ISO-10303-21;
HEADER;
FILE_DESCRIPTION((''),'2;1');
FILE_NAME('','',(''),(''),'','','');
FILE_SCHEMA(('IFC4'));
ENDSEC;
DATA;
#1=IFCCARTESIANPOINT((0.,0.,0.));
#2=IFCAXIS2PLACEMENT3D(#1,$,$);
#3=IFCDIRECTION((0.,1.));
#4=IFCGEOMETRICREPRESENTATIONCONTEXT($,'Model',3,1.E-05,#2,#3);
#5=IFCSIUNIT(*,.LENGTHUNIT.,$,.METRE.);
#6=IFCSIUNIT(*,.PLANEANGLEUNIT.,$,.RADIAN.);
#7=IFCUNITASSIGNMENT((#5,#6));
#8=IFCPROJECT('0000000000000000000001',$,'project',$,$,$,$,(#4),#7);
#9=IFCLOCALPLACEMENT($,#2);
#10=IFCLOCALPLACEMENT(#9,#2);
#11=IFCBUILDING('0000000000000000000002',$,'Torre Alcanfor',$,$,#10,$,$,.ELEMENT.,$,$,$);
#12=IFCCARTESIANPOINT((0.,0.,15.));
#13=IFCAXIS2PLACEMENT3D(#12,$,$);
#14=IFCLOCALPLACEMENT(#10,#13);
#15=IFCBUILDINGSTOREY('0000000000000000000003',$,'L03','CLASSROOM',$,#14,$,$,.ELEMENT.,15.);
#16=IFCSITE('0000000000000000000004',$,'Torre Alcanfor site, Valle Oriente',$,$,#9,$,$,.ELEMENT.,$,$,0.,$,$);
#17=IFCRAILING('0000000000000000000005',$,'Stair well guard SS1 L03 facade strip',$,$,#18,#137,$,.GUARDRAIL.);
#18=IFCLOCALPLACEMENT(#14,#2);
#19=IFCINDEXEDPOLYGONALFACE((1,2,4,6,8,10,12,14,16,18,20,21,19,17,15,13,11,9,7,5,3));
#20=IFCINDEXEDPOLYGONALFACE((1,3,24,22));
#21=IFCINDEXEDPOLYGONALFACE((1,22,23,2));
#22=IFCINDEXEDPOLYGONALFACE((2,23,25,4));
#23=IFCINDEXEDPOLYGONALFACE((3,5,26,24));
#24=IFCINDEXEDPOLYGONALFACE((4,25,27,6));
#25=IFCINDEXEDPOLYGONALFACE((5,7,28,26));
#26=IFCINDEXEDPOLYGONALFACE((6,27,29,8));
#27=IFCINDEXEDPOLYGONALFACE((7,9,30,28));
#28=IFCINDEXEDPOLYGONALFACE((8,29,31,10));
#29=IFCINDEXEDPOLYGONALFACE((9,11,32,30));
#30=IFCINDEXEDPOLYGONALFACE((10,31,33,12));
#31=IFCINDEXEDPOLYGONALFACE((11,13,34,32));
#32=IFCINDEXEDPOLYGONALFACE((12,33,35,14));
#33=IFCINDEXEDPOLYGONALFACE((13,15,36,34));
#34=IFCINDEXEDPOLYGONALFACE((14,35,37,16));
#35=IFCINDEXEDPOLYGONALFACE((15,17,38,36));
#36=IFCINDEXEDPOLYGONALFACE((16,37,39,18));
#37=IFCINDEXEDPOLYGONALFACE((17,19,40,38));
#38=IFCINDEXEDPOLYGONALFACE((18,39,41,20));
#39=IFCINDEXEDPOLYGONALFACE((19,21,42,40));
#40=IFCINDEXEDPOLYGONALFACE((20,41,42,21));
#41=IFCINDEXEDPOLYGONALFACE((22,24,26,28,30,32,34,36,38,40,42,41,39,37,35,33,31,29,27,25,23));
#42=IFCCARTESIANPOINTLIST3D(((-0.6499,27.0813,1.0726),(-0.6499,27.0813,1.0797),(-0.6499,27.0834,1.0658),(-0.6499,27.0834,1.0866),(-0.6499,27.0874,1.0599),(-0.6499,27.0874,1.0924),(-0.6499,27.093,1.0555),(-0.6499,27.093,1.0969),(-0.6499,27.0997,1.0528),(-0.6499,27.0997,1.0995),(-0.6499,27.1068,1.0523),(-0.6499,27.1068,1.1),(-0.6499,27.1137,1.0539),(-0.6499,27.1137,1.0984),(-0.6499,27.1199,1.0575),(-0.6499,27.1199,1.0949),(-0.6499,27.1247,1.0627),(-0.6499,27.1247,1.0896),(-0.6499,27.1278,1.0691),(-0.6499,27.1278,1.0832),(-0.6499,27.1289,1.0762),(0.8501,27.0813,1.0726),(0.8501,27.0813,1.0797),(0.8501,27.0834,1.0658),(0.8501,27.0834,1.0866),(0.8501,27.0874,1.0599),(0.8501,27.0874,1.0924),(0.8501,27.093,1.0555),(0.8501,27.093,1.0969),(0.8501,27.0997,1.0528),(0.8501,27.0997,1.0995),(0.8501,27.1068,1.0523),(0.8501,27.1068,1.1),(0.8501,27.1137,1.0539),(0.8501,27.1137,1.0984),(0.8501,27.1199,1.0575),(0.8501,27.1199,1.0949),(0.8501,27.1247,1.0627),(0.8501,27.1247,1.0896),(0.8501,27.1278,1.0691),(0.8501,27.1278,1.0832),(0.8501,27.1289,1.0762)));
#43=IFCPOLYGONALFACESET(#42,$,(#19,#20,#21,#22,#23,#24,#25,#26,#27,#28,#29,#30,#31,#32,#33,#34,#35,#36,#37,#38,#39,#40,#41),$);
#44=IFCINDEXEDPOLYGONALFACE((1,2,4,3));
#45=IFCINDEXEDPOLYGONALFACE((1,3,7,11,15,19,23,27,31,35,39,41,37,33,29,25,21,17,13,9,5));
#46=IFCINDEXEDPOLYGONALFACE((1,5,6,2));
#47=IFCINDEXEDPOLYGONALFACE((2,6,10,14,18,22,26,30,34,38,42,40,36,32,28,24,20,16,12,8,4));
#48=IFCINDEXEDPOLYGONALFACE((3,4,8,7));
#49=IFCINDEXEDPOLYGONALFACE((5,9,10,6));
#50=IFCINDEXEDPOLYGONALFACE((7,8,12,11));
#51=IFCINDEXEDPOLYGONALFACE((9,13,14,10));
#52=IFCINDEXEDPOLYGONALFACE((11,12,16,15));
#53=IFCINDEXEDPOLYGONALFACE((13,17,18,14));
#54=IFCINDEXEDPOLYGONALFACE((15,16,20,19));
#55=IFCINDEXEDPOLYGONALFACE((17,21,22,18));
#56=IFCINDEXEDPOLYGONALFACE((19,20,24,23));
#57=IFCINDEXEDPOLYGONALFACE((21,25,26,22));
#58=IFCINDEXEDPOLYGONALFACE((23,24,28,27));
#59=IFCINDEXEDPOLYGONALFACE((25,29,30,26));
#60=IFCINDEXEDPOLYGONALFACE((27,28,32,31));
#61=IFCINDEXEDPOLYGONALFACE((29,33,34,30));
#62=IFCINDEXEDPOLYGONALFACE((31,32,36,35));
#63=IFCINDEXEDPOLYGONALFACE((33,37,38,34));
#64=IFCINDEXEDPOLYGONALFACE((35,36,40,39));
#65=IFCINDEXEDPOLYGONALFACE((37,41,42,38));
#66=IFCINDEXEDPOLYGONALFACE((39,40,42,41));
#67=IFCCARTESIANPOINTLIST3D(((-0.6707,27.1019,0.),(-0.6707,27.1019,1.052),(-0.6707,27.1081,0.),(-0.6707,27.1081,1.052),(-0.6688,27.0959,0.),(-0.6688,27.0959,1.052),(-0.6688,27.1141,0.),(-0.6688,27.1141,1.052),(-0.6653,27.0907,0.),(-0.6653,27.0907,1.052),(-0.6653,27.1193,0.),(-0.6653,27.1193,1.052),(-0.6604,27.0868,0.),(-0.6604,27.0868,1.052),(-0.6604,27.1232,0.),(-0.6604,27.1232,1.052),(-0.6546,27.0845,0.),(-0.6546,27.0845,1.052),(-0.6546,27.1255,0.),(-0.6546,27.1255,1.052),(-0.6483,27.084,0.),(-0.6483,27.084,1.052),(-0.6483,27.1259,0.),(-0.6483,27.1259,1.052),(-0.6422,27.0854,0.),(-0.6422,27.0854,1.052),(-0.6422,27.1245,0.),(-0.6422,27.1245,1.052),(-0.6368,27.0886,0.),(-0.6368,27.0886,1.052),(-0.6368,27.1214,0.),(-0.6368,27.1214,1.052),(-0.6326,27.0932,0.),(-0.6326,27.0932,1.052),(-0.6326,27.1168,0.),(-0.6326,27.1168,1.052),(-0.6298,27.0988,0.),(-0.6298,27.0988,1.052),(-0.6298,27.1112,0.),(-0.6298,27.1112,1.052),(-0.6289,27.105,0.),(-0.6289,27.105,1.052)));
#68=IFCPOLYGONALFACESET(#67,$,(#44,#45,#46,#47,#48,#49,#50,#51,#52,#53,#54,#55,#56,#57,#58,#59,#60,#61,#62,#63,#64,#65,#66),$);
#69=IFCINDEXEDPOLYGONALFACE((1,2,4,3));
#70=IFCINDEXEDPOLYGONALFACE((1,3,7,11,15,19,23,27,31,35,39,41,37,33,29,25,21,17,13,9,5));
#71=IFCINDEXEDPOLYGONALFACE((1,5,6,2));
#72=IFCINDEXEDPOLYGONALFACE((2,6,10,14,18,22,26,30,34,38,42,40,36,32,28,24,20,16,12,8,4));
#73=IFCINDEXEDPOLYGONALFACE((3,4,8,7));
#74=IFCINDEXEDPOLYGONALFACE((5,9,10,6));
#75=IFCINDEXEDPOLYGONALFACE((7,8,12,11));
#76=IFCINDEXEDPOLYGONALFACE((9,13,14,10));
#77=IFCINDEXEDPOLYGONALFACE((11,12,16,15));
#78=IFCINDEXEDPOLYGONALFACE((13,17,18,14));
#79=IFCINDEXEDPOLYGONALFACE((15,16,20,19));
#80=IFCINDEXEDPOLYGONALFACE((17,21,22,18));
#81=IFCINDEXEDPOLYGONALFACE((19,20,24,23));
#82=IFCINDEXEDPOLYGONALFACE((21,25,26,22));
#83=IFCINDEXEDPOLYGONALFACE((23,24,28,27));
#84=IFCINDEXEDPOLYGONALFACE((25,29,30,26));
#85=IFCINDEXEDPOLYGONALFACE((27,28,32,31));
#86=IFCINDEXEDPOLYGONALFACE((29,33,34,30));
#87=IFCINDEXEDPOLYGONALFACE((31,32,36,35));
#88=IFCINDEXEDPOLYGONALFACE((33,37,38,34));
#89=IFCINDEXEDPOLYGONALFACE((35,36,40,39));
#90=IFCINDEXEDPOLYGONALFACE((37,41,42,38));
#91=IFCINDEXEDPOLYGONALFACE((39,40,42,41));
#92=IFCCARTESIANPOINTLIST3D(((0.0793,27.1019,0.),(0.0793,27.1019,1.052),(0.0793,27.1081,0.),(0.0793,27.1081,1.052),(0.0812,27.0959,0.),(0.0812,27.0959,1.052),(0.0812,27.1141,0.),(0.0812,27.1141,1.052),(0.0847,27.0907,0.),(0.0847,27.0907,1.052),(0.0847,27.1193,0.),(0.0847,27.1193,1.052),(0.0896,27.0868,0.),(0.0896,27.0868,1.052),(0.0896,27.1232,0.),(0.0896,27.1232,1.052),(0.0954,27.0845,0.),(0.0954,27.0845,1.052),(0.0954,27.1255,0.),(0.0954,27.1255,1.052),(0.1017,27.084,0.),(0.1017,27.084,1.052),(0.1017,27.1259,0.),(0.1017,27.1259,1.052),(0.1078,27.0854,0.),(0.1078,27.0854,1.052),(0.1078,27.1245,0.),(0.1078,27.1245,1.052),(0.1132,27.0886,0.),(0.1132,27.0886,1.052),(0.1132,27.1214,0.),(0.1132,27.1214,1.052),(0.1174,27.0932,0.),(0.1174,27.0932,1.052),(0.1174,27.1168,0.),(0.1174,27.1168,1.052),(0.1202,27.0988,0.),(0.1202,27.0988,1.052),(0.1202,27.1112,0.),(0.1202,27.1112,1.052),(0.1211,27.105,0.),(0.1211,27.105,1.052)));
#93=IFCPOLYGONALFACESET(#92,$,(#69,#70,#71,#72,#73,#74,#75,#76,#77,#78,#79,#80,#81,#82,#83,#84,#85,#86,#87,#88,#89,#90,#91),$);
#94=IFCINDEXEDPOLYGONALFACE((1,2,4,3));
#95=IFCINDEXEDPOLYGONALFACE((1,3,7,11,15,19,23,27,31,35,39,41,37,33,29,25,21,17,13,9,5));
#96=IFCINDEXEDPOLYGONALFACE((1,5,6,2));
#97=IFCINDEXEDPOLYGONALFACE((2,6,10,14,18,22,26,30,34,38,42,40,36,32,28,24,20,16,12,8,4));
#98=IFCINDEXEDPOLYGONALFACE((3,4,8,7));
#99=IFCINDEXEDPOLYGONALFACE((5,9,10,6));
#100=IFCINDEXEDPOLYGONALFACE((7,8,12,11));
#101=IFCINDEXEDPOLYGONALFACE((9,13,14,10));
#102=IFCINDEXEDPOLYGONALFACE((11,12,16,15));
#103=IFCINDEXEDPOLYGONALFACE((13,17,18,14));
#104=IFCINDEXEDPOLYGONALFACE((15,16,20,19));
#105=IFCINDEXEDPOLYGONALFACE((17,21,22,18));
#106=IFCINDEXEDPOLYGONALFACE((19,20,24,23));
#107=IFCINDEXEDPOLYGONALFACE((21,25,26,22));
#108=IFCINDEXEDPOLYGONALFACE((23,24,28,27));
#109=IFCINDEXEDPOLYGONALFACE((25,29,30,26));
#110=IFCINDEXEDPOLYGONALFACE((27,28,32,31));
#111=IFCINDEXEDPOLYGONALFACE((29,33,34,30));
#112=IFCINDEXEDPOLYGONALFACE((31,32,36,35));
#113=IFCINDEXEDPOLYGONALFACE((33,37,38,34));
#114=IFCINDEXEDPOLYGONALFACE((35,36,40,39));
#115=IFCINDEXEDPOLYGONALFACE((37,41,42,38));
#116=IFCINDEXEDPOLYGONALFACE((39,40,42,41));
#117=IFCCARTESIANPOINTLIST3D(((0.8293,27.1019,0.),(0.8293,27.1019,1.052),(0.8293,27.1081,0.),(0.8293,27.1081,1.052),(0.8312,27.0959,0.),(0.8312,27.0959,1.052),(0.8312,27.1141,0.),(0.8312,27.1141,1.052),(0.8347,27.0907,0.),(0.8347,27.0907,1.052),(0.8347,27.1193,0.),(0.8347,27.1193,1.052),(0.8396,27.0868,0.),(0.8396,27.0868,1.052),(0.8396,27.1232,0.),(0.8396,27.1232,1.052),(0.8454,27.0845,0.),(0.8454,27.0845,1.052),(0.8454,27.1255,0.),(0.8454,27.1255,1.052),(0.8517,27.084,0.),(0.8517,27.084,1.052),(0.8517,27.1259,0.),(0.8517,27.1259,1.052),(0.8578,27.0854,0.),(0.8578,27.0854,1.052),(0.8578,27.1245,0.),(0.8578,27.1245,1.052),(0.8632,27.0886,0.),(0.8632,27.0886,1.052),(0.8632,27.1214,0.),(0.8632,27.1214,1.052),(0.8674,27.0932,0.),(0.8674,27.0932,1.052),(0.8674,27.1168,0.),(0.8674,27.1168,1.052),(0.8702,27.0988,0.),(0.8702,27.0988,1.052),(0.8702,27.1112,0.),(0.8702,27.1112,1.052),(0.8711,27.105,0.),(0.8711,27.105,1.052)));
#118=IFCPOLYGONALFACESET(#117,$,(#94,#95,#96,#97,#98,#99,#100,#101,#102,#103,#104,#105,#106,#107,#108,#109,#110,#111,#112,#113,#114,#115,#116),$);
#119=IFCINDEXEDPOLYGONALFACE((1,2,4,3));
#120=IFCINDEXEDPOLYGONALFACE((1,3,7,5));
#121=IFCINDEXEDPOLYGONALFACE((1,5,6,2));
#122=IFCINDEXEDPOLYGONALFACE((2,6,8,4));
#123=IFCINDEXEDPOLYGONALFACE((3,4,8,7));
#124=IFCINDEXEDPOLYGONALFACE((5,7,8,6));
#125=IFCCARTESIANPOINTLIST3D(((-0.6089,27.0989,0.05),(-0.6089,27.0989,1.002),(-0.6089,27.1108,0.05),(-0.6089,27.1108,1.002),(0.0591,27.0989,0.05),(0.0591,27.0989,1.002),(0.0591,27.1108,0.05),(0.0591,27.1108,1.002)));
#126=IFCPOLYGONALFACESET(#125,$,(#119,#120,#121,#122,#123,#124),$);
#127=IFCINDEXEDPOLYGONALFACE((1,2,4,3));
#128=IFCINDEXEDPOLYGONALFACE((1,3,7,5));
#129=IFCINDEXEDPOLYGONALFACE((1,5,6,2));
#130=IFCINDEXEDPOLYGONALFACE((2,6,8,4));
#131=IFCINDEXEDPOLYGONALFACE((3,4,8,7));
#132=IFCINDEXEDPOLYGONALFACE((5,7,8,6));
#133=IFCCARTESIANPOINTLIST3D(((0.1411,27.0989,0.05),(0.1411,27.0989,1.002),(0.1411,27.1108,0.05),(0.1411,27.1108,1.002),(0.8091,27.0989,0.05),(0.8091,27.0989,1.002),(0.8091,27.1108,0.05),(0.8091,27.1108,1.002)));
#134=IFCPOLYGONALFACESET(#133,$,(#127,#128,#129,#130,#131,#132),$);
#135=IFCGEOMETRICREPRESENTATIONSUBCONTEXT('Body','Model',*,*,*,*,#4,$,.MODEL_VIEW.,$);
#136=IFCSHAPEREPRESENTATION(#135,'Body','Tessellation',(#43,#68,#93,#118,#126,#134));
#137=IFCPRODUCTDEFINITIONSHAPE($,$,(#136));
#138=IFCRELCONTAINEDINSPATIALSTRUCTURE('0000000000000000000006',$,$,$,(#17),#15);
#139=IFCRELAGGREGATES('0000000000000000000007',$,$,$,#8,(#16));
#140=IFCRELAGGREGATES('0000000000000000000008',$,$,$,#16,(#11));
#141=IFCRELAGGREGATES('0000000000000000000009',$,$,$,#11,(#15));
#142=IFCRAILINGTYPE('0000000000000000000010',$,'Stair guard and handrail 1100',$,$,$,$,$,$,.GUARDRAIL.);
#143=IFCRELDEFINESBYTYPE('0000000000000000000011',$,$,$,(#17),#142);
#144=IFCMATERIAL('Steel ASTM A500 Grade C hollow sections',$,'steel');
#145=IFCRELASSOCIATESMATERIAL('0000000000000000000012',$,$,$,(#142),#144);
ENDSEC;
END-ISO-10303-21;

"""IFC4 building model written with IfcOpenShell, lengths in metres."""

from ifc_helpers import new_model, si_unit, direction, frame, origin, origin_2d, place, context, subcontext, project, spatial, polyline, circle, outline, extrude, material, type_object, element, save


model = new_model("IFC4")

# Units and contexts
model_context = context("Model", 3, precision=1e-05, world=origin(), true_north=direction((0.0, 1.0)))
body_context = subcontext(model_context, "Body", "Model", "MODEL_VIEW")
ifc_project = project(units=[si_unit("LENGTHUNIT", "METRE"), si_unit("PLANEANGLEUNIT", "RADIAN")], contexts=[model_context])

# Site, building, storey
site_placement = place(None, origin())
site = spatial("IfcSite", under=ifc_project, at=site_placement, Name="Torre Alcanfor site, Valle Oriente", CompositionType="ELEMENT", RefElevation=0.0)
building_placement = place(site_placement, origin())
building = spatial("IfcBuilding", under=site, at=building_placement, Name="Torre Alcanfor", CompositionType="ELEMENT")
storey_placement = place(building_placement, frame((0.0, 0.0, 15.0)))
storey = spatial("IfcBuildingStorey", under=building, at=storey_placement, Name="L03", Description="CLASSROOM", CompositionType="ELEMENT", Elevation=15.0)

# Railing
ifc_material_1 = material(Name="Steel ASTM A500 Grade C hollow sections", Category="steel")
railing_type_1 = type_object("IfcRailingType", Name="Stair guard and handrail 1100", PredefinedType="GUARDRAIL", material=ifc_material_1)
railing_1_placement = place(storey_placement, frame((-0.6499, 27.105, 0.0)))
element("IfcRailing", 1, at=railing_1_placement, inside=storey, type_object=railing_type_1, Name="Stair well guard SS1 L03 facade strip", PredefinedType="GUARDRAIL", context=body_context, shape_type="SweptSolid", body=[
    extrude(circle(Radius=0.0239, at=origin_2d()), frame((0.0, 0.0, 1.0762), z_axis=(1.0, 0.0, 0.0), x_axis=(0.0, 1.0, 0.0)), (0.0, 0.0, 1.0), 1.5),
    extrude(circle(Radius=0.021, at=origin_2d()), origin(), (0.0, 0.0, 1.0), 1.052),
    extrude(circle(Radius=0.021, at=origin_2d()), frame((0.75, 0.0, 0.0)), (0.0, 0.0, 1.0), 1.052),
    extrude(circle(Radius=0.021, at=origin_2d()), frame((1.5, 0.0, 0.0)), (0.0, 0.0, 1.0), 1.052),
    extrude(outline(polyline([(0.041, 0.05), (0.709, 0.05), (0.709, 1.002), (0.041, 1.002), (0.041, 0.05)])), frame((0.0, 0.0059, 0.0), z_axis=(0.0, -1.0, 0.0), x_axis=(1.0, 0.0, 0.0)), (0.0, 0.0, 1.0), 0.012),
    extrude(outline(polyline([(0.791, 0.05), (1.459, 0.05), (1.459, 1.002), (0.791, 1.002), (0.791, 0.05)])), frame((0.0, 0.0059, 0.0), z_axis=(0.0, -1.0, 0.0), x_axis=(1.0, 0.0, 0.0)), (0.0, 0.0, 1.0), 0.012),
])

save(model, "model.ifc")
